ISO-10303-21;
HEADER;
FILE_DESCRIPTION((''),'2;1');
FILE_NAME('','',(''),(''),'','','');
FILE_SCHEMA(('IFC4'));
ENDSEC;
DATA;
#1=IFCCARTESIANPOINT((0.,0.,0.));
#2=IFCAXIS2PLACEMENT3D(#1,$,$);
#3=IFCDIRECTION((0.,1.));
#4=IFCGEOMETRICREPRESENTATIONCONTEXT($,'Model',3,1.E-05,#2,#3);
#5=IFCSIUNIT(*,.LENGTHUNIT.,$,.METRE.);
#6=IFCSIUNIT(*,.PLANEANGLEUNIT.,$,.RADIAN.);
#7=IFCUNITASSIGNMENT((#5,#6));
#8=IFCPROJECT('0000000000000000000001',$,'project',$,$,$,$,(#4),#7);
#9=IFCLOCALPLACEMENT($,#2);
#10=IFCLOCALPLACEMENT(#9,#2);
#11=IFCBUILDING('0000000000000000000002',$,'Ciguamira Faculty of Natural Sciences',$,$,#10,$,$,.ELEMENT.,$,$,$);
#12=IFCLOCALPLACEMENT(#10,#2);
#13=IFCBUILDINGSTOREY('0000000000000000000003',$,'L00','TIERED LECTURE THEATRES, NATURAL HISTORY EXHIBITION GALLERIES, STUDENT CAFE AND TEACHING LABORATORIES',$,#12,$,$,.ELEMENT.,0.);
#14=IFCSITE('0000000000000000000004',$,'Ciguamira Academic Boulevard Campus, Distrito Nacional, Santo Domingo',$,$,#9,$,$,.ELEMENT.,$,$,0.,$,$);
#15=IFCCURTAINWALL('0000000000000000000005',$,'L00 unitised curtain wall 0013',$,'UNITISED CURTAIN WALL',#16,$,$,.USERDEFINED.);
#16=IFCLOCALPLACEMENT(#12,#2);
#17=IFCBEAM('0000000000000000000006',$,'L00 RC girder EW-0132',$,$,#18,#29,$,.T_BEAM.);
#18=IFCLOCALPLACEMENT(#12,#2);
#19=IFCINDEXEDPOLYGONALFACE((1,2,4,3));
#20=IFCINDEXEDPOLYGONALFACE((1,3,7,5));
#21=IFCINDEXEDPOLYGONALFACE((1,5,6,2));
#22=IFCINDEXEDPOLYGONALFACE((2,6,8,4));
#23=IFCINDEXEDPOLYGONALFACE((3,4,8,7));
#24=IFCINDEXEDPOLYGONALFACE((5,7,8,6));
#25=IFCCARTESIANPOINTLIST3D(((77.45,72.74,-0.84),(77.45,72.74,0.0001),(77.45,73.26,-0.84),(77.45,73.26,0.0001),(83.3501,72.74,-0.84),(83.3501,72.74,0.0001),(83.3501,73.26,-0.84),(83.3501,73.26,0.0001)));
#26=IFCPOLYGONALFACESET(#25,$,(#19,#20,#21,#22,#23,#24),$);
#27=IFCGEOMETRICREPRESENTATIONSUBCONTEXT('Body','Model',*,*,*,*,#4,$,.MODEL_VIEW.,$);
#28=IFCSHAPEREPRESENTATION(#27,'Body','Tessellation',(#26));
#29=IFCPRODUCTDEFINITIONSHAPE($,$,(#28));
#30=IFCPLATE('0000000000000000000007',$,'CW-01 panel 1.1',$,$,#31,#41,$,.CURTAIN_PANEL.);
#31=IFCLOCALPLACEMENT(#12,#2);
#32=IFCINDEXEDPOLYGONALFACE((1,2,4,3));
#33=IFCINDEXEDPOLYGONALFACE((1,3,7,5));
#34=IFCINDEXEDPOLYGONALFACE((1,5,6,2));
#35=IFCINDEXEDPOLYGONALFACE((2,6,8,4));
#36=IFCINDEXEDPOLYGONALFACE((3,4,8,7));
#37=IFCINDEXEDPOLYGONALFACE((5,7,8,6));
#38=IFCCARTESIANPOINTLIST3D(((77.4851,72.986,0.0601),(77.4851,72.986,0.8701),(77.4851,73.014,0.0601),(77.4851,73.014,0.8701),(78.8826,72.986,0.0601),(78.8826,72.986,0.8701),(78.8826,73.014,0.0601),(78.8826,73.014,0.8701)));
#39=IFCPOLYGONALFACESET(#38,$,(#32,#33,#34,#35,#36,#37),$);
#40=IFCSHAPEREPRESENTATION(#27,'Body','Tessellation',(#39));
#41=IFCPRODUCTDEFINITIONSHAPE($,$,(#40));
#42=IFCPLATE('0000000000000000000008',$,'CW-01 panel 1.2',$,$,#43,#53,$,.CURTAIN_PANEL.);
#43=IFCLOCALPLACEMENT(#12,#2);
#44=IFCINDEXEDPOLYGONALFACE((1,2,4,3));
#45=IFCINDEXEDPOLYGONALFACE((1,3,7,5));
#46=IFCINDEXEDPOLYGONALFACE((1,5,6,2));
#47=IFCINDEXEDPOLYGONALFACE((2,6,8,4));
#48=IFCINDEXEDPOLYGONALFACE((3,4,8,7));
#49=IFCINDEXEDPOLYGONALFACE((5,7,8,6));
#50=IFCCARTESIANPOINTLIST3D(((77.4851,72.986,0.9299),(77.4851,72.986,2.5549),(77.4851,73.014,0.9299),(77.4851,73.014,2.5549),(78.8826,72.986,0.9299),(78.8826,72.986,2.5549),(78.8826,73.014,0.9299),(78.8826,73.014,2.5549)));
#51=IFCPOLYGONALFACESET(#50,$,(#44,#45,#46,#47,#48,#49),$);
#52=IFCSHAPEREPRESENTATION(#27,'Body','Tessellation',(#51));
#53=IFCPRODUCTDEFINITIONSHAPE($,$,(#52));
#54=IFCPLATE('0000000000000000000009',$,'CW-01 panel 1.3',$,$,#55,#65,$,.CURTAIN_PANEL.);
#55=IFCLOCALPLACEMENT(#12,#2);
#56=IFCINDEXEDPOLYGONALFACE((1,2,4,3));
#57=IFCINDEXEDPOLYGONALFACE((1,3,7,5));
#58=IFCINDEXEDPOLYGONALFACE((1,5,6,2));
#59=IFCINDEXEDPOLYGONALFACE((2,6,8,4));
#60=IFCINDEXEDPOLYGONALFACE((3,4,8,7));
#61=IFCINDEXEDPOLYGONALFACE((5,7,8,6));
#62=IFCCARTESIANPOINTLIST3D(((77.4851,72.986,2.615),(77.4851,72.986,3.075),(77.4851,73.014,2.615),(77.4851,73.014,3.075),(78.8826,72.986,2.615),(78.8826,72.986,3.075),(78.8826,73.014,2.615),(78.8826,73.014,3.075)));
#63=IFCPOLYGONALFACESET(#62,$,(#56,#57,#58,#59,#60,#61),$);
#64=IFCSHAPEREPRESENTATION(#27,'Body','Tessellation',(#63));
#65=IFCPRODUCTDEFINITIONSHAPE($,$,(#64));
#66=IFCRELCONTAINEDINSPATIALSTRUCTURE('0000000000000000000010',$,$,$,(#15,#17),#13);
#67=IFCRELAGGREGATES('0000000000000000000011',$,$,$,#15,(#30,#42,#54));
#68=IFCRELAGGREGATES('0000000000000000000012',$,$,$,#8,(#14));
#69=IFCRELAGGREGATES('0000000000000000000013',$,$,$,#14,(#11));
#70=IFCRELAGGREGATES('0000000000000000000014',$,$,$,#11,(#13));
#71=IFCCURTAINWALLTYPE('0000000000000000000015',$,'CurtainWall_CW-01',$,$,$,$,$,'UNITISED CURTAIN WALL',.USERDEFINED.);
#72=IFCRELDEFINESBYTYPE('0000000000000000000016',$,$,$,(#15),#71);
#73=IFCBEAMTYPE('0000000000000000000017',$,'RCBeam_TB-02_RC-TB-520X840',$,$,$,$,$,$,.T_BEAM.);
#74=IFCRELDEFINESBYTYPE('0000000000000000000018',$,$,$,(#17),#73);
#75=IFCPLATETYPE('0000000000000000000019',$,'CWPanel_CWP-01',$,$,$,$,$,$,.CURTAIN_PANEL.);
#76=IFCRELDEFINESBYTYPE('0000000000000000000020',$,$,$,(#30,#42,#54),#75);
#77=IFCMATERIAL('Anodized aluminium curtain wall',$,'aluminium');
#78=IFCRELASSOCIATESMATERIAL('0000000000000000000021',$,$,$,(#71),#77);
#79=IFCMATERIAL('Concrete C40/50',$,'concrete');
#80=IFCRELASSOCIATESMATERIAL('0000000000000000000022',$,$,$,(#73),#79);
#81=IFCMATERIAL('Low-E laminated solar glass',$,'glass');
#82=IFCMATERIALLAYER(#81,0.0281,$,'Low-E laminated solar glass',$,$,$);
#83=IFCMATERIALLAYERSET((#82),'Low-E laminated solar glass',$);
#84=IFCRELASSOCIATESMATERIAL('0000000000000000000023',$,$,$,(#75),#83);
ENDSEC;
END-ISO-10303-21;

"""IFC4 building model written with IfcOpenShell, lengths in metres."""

from ifc_helpers import new_model, si_unit, direction, frame, origin, origin_2d, place, context, subcontext, project, spatial, rectangle, extrude, material, layer, layer_set, material_profile, profile_set, type_object, element, aggregate, save


model = new_model("IFC4")

# Units and contexts
model_context = context("Model", 3, precision=1e-05, world=origin(), true_north=direction((0.0, 1.0)))
body_context = subcontext(model_context, "Body", "Model", "MODEL_VIEW")
ifc_project = project(units=[si_unit("LENGTHUNIT", "METRE"), si_unit("PLANEANGLEUNIT", "RADIAN")], contexts=[model_context])

# Site, building, storey
site_placement = place(None, origin())
site = spatial("IfcSite", under=ifc_project, at=site_placement, Name="Ciguamira Academic Boulevard Campus, Distrito Nacional, Santo Domingo", CompositionType="ELEMENT", RefElevation=0.0)
building_placement = place(site_placement, origin())
building = spatial("IfcBuilding", under=site, at=building_placement, Name="Ciguamira Faculty of Natural Sciences", CompositionType="ELEMENT")
storey_placement = place(building_placement, origin())
storey = spatial("IfcBuildingStorey", under=building, at=storey_placement, Name="L00", Description="TIERED LECTURE THEATRES, NATURAL HISTORY EXHIBITION GALLERIES, STUDENT CAFE AND TEACHING LABORATORIES", CompositionType="ELEMENT", Elevation=0.0)

# Shared definitions
ifc_material_1 = material(Name="Concrete C40/50", Category="concrete")

# Curtain wall
ifc_material_2 = material(Name="Anodized aluminium curtain wall", Category="aluminium")
curtain_wall_type_1 = type_object("IfcCurtainWallType", Name="CurtainWall_CW-01", ElementType="UNITISED CURTAIN WALL", PredefinedType="USERDEFINED", material=ifc_material_2)
curtain_wall_1_placement = place(storey_placement, origin())
curtain_wall_1 = element("IfcCurtainWall", 1, at=curtain_wall_1_placement, inside=storey, type_object=curtain_wall_type_1, Name="L00 unitised curtain wall 0013", ObjectType="UNITISED CURTAIN WALL", PredefinedType="USERDEFINED")

# Beam
ifc_material_profile_1 = material_profile(ifc_material_1, rectangle(XDim=0.52, YDim=0.8401, at=origin_2d()), Name="RC-TB-520X840")
ifc_profile_set_1 = profile_set([ifc_material_profile_1], Name="Concrete C40/50")
beam_type_1 = type_object("IfcBeamType", Name="RCBeam_TB-02_RC-TB-520X840", PredefinedType="T_BEAM", material=ifc_profile_set_1)
beam_1_placement = place(storey_placement, frame((77.45, 73.0, -0.4199), z_axis=(1.0, 0.0, 0.0), x_axis=(0.0, 1.0, 0.0)))
element("IfcBeam", 2, at=beam_1_placement, inside=storey, type_object=beam_type_1, Name="L00 RC girder EW-0132", PredefinedType="T_BEAM", context=body_context, shape_type="SweptSolid", body=[
    extrude(rectangle(XDim=0.52, YDim=0.8401, at=origin_2d()), origin(), (0.0, 0.0, 1.0), 5.9001),
])

# Plates
ifc_material_3 = material(Name="Low-E laminated solar glass", Category="glass")
ifc_layer_1 = layer(ifc_material_3, 0.0281, Name="Low-E laminated solar glass")
ifc_layer_set_1 = layer_set([ifc_layer_1], Name="Low-E laminated solar glass")
plate_type = type_object("IfcPlateType", Name="CWPanel_CWP-01", PredefinedType="CURTAIN_PANEL", material=ifc_layer_set_1)
plate_1_placement = place(storey_placement, frame((78.1838, 73.0, 0.0601), z_axis=(0.0, 0.0, 1.0), x_axis=(1.0, 0.0, 0.0)))
plate_1 = element("IfcPlate", 3, at=plate_1_placement, type_object=plate_type, Name="CW-01 panel 1.1", PredefinedType="CURTAIN_PANEL", context=body_context, shape_type="SweptSolid", body=[
    extrude(rectangle(XDim=1.3975, YDim=0.0281, at=origin_2d()), origin(), (0.0, 0.0, 1.0), 0.8101),
])
plate_2_placement = place(storey_placement, frame((78.1838, 73.0, 0.9299), z_axis=(0.0, 0.0, 1.0), x_axis=(1.0, 0.0, 0.0)))
plate_2 = element("IfcPlate", 4, at=plate_2_placement, type_object=plate_type, Name="CW-01 panel 1.2", PredefinedType="CURTAIN_PANEL", context=body_context, shape_type="SweptSolid", body=[
    extrude(rectangle(XDim=1.3975, YDim=0.0281, at=origin_2d()), origin(), (0.0, 0.0, 1.0), 1.625),
])
plate_3_placement = place(storey_placement, frame((78.1838, 73.0, 2.615), z_axis=(0.0, 0.0, 1.0), x_axis=(1.0, 0.0, 0.0)))
plate_3 = element("IfcPlate", 5, at=plate_3_placement, type_object=plate_type, Name="CW-01 panel 1.3", PredefinedType="CURTAIN_PANEL", context=body_context, shape_type="SweptSolid", body=[
    extrude(rectangle(XDim=1.3975, YDim=0.0281, at=origin_2d()), origin(), (0.0, 0.0, 1.0), 0.46),
])
aggregate(curtain_wall_1, [plate_1, plate_2, plate_3])

save(model, "model.ifc")
